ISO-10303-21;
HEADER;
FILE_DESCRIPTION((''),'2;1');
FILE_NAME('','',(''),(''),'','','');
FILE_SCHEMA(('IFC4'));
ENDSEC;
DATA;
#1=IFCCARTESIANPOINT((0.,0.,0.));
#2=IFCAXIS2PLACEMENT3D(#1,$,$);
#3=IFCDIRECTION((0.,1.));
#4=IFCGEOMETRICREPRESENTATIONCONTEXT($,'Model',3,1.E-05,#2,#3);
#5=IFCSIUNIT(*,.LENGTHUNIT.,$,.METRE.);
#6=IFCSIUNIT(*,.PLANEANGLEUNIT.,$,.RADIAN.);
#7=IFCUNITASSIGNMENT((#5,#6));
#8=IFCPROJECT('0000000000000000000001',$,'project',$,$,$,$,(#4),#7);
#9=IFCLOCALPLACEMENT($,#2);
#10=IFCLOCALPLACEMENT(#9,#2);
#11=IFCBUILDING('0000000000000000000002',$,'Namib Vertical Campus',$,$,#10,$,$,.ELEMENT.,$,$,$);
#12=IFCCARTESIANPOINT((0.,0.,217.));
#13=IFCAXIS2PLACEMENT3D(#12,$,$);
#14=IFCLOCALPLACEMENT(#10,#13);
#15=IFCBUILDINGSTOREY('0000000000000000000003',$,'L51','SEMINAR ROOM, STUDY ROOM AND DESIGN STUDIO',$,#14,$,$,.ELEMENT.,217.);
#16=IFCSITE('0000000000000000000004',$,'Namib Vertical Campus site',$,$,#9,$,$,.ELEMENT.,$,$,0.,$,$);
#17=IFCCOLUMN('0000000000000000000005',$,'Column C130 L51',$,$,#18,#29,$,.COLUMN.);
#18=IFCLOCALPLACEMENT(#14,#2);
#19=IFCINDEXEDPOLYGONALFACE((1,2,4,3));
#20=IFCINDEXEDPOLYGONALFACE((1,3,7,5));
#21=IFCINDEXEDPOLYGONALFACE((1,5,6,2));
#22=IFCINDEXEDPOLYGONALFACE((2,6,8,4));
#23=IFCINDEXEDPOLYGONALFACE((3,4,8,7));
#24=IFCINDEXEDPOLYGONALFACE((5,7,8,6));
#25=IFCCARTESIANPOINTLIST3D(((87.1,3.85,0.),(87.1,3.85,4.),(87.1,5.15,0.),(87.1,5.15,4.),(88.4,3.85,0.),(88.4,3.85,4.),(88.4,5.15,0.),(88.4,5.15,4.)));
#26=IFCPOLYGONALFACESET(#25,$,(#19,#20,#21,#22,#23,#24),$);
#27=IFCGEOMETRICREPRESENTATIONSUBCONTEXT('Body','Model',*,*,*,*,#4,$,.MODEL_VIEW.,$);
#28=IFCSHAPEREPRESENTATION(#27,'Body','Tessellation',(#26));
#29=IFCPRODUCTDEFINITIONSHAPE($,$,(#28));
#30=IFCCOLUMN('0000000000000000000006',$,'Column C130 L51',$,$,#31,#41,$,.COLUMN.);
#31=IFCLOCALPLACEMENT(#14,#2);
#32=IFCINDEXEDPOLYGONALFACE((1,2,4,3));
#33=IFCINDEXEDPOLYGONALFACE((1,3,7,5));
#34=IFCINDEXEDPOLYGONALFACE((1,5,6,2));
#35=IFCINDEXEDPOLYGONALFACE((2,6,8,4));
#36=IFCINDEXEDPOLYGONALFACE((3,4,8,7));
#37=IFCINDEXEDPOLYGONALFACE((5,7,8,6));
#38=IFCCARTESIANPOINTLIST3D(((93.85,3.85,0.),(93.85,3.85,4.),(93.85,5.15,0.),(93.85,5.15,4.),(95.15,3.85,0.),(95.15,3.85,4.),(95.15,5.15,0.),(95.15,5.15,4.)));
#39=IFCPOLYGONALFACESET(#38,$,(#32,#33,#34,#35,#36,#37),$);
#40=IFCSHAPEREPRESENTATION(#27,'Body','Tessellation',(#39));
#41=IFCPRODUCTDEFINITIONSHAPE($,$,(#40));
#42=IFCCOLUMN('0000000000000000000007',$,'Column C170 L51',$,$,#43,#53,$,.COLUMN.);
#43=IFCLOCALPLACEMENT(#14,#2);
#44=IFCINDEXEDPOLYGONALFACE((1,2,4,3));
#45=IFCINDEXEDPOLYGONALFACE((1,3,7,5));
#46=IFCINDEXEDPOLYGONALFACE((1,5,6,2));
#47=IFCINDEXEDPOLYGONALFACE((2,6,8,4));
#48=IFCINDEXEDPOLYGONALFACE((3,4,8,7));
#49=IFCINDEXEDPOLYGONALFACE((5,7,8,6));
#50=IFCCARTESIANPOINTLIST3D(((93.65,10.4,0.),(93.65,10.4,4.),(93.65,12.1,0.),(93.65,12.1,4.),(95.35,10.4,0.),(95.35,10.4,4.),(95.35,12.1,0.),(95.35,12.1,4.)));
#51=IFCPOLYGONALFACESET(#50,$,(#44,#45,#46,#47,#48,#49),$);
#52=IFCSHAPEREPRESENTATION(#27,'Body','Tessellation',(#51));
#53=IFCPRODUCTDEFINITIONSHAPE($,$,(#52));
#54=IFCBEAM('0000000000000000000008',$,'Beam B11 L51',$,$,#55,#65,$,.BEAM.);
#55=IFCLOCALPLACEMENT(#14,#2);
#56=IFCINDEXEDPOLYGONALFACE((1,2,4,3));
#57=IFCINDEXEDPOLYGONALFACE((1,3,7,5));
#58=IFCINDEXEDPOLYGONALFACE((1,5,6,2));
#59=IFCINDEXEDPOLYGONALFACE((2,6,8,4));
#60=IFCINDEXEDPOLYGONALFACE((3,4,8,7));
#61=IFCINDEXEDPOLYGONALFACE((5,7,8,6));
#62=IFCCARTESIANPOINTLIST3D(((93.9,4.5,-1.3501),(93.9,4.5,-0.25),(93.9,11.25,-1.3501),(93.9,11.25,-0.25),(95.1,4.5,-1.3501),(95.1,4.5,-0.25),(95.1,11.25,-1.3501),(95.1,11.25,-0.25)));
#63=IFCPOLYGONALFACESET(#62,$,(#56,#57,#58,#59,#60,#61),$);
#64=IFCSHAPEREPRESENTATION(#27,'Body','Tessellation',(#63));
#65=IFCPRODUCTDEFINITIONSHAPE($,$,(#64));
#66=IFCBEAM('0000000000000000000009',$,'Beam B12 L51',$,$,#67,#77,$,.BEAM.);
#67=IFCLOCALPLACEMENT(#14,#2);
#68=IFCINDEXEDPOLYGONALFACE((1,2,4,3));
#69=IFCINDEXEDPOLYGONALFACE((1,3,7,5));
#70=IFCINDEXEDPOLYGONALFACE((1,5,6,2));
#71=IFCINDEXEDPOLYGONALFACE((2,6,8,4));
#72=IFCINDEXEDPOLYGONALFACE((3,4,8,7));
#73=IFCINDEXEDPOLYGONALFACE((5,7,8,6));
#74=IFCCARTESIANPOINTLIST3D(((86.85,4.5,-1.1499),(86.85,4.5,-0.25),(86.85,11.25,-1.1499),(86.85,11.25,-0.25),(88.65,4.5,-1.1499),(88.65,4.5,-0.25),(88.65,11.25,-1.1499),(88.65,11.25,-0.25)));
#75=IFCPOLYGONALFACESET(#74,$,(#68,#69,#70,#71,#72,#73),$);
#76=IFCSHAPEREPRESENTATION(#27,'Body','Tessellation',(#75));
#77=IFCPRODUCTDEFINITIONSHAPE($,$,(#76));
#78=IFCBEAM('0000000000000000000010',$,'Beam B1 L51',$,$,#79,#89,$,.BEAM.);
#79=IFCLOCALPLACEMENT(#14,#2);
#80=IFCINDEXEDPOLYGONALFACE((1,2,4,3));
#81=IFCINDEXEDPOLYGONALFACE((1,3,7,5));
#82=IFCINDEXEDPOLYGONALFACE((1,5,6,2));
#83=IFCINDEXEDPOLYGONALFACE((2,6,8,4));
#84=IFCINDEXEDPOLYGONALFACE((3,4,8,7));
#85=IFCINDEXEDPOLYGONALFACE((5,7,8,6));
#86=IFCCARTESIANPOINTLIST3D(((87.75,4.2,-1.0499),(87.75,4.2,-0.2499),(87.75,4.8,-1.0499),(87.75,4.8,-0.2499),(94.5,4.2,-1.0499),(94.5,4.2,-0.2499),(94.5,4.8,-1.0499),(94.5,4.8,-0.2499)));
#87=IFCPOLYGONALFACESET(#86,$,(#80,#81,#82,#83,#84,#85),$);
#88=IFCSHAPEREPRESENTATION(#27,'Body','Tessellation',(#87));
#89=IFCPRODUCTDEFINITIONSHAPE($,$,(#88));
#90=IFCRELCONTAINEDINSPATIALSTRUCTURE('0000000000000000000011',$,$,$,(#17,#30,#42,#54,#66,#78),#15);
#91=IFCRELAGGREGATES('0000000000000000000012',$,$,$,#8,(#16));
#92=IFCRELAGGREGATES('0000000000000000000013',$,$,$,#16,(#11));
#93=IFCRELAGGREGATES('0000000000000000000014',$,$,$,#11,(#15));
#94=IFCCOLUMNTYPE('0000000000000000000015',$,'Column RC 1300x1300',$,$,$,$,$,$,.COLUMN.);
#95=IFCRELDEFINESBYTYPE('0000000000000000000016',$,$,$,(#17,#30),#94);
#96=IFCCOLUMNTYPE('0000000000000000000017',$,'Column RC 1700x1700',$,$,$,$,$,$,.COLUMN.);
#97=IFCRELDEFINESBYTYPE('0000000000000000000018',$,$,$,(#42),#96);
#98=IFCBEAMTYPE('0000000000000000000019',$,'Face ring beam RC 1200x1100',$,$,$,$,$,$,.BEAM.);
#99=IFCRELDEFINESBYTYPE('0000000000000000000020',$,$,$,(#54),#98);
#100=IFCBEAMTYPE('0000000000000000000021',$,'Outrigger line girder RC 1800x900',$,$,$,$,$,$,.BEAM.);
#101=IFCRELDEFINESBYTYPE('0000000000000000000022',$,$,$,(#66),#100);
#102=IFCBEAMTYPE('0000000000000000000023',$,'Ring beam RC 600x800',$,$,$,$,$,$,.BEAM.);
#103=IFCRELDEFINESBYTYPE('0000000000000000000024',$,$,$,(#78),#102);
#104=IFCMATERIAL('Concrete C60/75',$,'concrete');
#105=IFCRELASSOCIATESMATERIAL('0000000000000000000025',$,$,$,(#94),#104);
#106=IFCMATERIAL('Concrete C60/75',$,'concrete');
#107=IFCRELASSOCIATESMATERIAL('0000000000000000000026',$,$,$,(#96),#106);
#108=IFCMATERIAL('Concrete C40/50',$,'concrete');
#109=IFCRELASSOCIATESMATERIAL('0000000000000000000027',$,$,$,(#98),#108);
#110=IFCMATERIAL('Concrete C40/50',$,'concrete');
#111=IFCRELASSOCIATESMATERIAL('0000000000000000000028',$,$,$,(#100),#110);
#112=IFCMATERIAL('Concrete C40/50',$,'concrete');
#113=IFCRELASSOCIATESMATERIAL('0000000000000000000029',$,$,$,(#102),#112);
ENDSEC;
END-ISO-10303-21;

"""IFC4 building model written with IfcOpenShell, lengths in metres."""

from ifc_helpers import new_model, si_unit, direction, frame, origin, origin_2d, place, context, subcontext, project, spatial, rectangle, extrude, material, material_profile, profile_set, type_object, element, save


model = new_model("IFC4")

# Units and contexts
model_context = context("Model", 3, precision=1e-05, world=origin(), true_north=direction((0.0, 1.0)))
body_context = subcontext(model_context, "Body", "Model", "MODEL_VIEW")
ifc_project = project(units=[si_unit("LENGTHUNIT", "METRE"), si_unit("PLANEANGLEUNIT", "RADIAN")], contexts=[model_context])

# Site, building, storey
site_placement = place(None, origin())
site = spatial("IfcSite", under=ifc_project, at=site_placement, Name="Namib Vertical Campus site", CompositionType="ELEMENT", RefElevation=0.0)
building_placement = place(site_placement, origin())
building = spatial("IfcBuilding", under=site, at=building_placement, Name="Namib Vertical Campus", CompositionType="ELEMENT")
storey_placement = place(building_placement, frame((0.0, 0.0, 217.0)))
storey = spatial("IfcBuildingStorey", under=building, at=storey_placement, Name="L51", Description="SEMINAR ROOM, STUDY ROOM AND DESIGN STUDIO", CompositionType="ELEMENT", Elevation=217.0)

# Columns
ifc_material_1 = material(Name="Concrete C60/75", Category="concrete")
ifc_material_profile_1 = material_profile(ifc_material_1, rectangle(XDim=1.3, YDim=1.3, at=origin_2d()))
ifc_profile_set_1 = profile_set([ifc_material_profile_1], Name="Concrete C60/75")
column_type_1 = type_object("IfcColumnType", Name="Column RC 1300x1300", PredefinedType="COLUMN", material=ifc_profile_set_1)
for number, where, z_axis, x_axis, name in (
    (1, (87.75, 4.5, 0.0), (0.0, 0.0, 1.0), (1.0, 0.0, 0.0), "Column C130 L51"),
    (2, (94.5, 4.5, 0.0), (0.0, 0.0, 1.0), (1.0, 0.0, 0.0), "Column C130 L51"),
):
    element("IfcColumn", number, at=place(storey_placement, frame(where, z_axis=z_axis, x_axis=x_axis)), inside=storey, type_object=column_type_1, Name=name, PredefinedType="COLUMN", context=body_context, shape_type="SweptSolid", body=[
        extrude(rectangle(XDim=1.3, YDim=1.3, at=origin_2d()), origin(), (0.0, 0.0, 1.0), 4.0),
    ])
ifc_material_2 = material(Name="Concrete C60/75", Category="concrete")
ifc_material_profile_2 = material_profile(ifc_material_2, rectangle(XDim=1.7, YDim=1.7, at=origin_2d()))
ifc_profile_set_2 = profile_set([ifc_material_profile_2], Name="Concrete C60/75")
column_type_2 = type_object("IfcColumnType", Name="Column RC 1700x1700", PredefinedType="COLUMN", material=ifc_profile_set_2)
column_placement = place(storey_placement, frame((94.5, 11.25, 0.0), z_axis=(0.0, 0.0, 1.0), x_axis=(1.0, 0.0, 0.0)))
element("IfcColumn", 3, at=column_placement, inside=storey, type_object=column_type_2, Name="Column C170 L51", PredefinedType="COLUMN", context=body_context, shape_type="SweptSolid", body=[
    extrude(rectangle(XDim=1.7, YDim=1.7, at=origin_2d()), origin(), (0.0, 0.0, 1.0), 4.0),
])

# Beams
ifc_material_3 = material(Name="Concrete C40/50", Category="concrete")
ifc_material_profile_3 = material_profile(ifc_material_3, rectangle(XDim=1.2, YDim=1.1001, at=origin_2d()))
ifc_profile_set_3 = profile_set([ifc_material_profile_3], Name="Concrete C40/50")
beam_type_1 = type_object("IfcBeamType", Name="Face ring beam RC 1200x1100", PredefinedType="BEAM", material=ifc_profile_set_3)
beam_1_placement = place(storey_placement, frame((94.5, 4.5, -0.8), z_axis=(0.0, 1.0, 0.0), x_axis=(-1.0, 0.0, 0.0)))
element("IfcBeam", 4, at=beam_1_placement, inside=storey, type_object=beam_type_1, Name="Beam B11 L51", PredefinedType="BEAM", context=body_context, shape_type="SweptSolid", body=[
    extrude(rectangle(XDim=1.2, YDim=1.1001, at=origin_2d()), origin(), (0.0, 0.0, 1.0), 6.75),
])
ifc_material_4 = material(Name="Concrete C40/50", Category="concrete")
ifc_material_profile_4 = material_profile(ifc_material_4, rectangle(XDim=1.8, YDim=0.8999, at=origin_2d()))
ifc_profile_set_4 = profile_set([ifc_material_profile_4], Name="Concrete C40/50")
beam_type_2 = type_object("IfcBeamType", Name="Outrigger line girder RC 1800x900", PredefinedType="BEAM", material=ifc_profile_set_4)
beam_2_placement = place(storey_placement, frame((87.75, 4.5, -0.7), z_axis=(0.0, 1.0, 0.0), x_axis=(-1.0, 0.0, 0.0)))
element("IfcBeam", 5, at=beam_2_placement, inside=storey, type_object=beam_type_2, Name="Beam B12 L51", PredefinedType="BEAM", context=body_context, shape_type="SweptSolid", body=[
    extrude(rectangle(XDim=1.8, YDim=0.8999, at=origin_2d()), origin(), (0.0, 0.0, 1.0), 6.75),
])
ifc_material_5 = material(Name="Concrete C40/50", Category="concrete")
ifc_material_profile_5 = material_profile(ifc_material_5, rectangle(XDim=0.6001, YDim=0.8, at=origin_2d()))
ifc_profile_set_5 = profile_set([ifc_material_profile_5], Name="Concrete C40/50")
beam_type_3 = type_object("IfcBeamType", Name="Ring beam RC 600x800", PredefinedType="BEAM", material=ifc_profile_set_5)
beam_3_placement = place(storey_placement, frame((87.75, 4.5, -0.6499), z_axis=(1.0, 0.0, 0.0), x_axis=(0.0, 1.0, 0.0)))
element("IfcBeam", 6, at=beam_3_placement, inside=storey, type_object=beam_type_3, Name="Beam B1 L51", PredefinedType="BEAM", context=body_context, shape_type="SweptSolid", body=[
    extrude(rectangle(XDim=0.6001, YDim=0.8, at=origin_2d()), origin(), (0.0, 0.0, 1.0), 6.75),
])

save(model, "model.ifc")
